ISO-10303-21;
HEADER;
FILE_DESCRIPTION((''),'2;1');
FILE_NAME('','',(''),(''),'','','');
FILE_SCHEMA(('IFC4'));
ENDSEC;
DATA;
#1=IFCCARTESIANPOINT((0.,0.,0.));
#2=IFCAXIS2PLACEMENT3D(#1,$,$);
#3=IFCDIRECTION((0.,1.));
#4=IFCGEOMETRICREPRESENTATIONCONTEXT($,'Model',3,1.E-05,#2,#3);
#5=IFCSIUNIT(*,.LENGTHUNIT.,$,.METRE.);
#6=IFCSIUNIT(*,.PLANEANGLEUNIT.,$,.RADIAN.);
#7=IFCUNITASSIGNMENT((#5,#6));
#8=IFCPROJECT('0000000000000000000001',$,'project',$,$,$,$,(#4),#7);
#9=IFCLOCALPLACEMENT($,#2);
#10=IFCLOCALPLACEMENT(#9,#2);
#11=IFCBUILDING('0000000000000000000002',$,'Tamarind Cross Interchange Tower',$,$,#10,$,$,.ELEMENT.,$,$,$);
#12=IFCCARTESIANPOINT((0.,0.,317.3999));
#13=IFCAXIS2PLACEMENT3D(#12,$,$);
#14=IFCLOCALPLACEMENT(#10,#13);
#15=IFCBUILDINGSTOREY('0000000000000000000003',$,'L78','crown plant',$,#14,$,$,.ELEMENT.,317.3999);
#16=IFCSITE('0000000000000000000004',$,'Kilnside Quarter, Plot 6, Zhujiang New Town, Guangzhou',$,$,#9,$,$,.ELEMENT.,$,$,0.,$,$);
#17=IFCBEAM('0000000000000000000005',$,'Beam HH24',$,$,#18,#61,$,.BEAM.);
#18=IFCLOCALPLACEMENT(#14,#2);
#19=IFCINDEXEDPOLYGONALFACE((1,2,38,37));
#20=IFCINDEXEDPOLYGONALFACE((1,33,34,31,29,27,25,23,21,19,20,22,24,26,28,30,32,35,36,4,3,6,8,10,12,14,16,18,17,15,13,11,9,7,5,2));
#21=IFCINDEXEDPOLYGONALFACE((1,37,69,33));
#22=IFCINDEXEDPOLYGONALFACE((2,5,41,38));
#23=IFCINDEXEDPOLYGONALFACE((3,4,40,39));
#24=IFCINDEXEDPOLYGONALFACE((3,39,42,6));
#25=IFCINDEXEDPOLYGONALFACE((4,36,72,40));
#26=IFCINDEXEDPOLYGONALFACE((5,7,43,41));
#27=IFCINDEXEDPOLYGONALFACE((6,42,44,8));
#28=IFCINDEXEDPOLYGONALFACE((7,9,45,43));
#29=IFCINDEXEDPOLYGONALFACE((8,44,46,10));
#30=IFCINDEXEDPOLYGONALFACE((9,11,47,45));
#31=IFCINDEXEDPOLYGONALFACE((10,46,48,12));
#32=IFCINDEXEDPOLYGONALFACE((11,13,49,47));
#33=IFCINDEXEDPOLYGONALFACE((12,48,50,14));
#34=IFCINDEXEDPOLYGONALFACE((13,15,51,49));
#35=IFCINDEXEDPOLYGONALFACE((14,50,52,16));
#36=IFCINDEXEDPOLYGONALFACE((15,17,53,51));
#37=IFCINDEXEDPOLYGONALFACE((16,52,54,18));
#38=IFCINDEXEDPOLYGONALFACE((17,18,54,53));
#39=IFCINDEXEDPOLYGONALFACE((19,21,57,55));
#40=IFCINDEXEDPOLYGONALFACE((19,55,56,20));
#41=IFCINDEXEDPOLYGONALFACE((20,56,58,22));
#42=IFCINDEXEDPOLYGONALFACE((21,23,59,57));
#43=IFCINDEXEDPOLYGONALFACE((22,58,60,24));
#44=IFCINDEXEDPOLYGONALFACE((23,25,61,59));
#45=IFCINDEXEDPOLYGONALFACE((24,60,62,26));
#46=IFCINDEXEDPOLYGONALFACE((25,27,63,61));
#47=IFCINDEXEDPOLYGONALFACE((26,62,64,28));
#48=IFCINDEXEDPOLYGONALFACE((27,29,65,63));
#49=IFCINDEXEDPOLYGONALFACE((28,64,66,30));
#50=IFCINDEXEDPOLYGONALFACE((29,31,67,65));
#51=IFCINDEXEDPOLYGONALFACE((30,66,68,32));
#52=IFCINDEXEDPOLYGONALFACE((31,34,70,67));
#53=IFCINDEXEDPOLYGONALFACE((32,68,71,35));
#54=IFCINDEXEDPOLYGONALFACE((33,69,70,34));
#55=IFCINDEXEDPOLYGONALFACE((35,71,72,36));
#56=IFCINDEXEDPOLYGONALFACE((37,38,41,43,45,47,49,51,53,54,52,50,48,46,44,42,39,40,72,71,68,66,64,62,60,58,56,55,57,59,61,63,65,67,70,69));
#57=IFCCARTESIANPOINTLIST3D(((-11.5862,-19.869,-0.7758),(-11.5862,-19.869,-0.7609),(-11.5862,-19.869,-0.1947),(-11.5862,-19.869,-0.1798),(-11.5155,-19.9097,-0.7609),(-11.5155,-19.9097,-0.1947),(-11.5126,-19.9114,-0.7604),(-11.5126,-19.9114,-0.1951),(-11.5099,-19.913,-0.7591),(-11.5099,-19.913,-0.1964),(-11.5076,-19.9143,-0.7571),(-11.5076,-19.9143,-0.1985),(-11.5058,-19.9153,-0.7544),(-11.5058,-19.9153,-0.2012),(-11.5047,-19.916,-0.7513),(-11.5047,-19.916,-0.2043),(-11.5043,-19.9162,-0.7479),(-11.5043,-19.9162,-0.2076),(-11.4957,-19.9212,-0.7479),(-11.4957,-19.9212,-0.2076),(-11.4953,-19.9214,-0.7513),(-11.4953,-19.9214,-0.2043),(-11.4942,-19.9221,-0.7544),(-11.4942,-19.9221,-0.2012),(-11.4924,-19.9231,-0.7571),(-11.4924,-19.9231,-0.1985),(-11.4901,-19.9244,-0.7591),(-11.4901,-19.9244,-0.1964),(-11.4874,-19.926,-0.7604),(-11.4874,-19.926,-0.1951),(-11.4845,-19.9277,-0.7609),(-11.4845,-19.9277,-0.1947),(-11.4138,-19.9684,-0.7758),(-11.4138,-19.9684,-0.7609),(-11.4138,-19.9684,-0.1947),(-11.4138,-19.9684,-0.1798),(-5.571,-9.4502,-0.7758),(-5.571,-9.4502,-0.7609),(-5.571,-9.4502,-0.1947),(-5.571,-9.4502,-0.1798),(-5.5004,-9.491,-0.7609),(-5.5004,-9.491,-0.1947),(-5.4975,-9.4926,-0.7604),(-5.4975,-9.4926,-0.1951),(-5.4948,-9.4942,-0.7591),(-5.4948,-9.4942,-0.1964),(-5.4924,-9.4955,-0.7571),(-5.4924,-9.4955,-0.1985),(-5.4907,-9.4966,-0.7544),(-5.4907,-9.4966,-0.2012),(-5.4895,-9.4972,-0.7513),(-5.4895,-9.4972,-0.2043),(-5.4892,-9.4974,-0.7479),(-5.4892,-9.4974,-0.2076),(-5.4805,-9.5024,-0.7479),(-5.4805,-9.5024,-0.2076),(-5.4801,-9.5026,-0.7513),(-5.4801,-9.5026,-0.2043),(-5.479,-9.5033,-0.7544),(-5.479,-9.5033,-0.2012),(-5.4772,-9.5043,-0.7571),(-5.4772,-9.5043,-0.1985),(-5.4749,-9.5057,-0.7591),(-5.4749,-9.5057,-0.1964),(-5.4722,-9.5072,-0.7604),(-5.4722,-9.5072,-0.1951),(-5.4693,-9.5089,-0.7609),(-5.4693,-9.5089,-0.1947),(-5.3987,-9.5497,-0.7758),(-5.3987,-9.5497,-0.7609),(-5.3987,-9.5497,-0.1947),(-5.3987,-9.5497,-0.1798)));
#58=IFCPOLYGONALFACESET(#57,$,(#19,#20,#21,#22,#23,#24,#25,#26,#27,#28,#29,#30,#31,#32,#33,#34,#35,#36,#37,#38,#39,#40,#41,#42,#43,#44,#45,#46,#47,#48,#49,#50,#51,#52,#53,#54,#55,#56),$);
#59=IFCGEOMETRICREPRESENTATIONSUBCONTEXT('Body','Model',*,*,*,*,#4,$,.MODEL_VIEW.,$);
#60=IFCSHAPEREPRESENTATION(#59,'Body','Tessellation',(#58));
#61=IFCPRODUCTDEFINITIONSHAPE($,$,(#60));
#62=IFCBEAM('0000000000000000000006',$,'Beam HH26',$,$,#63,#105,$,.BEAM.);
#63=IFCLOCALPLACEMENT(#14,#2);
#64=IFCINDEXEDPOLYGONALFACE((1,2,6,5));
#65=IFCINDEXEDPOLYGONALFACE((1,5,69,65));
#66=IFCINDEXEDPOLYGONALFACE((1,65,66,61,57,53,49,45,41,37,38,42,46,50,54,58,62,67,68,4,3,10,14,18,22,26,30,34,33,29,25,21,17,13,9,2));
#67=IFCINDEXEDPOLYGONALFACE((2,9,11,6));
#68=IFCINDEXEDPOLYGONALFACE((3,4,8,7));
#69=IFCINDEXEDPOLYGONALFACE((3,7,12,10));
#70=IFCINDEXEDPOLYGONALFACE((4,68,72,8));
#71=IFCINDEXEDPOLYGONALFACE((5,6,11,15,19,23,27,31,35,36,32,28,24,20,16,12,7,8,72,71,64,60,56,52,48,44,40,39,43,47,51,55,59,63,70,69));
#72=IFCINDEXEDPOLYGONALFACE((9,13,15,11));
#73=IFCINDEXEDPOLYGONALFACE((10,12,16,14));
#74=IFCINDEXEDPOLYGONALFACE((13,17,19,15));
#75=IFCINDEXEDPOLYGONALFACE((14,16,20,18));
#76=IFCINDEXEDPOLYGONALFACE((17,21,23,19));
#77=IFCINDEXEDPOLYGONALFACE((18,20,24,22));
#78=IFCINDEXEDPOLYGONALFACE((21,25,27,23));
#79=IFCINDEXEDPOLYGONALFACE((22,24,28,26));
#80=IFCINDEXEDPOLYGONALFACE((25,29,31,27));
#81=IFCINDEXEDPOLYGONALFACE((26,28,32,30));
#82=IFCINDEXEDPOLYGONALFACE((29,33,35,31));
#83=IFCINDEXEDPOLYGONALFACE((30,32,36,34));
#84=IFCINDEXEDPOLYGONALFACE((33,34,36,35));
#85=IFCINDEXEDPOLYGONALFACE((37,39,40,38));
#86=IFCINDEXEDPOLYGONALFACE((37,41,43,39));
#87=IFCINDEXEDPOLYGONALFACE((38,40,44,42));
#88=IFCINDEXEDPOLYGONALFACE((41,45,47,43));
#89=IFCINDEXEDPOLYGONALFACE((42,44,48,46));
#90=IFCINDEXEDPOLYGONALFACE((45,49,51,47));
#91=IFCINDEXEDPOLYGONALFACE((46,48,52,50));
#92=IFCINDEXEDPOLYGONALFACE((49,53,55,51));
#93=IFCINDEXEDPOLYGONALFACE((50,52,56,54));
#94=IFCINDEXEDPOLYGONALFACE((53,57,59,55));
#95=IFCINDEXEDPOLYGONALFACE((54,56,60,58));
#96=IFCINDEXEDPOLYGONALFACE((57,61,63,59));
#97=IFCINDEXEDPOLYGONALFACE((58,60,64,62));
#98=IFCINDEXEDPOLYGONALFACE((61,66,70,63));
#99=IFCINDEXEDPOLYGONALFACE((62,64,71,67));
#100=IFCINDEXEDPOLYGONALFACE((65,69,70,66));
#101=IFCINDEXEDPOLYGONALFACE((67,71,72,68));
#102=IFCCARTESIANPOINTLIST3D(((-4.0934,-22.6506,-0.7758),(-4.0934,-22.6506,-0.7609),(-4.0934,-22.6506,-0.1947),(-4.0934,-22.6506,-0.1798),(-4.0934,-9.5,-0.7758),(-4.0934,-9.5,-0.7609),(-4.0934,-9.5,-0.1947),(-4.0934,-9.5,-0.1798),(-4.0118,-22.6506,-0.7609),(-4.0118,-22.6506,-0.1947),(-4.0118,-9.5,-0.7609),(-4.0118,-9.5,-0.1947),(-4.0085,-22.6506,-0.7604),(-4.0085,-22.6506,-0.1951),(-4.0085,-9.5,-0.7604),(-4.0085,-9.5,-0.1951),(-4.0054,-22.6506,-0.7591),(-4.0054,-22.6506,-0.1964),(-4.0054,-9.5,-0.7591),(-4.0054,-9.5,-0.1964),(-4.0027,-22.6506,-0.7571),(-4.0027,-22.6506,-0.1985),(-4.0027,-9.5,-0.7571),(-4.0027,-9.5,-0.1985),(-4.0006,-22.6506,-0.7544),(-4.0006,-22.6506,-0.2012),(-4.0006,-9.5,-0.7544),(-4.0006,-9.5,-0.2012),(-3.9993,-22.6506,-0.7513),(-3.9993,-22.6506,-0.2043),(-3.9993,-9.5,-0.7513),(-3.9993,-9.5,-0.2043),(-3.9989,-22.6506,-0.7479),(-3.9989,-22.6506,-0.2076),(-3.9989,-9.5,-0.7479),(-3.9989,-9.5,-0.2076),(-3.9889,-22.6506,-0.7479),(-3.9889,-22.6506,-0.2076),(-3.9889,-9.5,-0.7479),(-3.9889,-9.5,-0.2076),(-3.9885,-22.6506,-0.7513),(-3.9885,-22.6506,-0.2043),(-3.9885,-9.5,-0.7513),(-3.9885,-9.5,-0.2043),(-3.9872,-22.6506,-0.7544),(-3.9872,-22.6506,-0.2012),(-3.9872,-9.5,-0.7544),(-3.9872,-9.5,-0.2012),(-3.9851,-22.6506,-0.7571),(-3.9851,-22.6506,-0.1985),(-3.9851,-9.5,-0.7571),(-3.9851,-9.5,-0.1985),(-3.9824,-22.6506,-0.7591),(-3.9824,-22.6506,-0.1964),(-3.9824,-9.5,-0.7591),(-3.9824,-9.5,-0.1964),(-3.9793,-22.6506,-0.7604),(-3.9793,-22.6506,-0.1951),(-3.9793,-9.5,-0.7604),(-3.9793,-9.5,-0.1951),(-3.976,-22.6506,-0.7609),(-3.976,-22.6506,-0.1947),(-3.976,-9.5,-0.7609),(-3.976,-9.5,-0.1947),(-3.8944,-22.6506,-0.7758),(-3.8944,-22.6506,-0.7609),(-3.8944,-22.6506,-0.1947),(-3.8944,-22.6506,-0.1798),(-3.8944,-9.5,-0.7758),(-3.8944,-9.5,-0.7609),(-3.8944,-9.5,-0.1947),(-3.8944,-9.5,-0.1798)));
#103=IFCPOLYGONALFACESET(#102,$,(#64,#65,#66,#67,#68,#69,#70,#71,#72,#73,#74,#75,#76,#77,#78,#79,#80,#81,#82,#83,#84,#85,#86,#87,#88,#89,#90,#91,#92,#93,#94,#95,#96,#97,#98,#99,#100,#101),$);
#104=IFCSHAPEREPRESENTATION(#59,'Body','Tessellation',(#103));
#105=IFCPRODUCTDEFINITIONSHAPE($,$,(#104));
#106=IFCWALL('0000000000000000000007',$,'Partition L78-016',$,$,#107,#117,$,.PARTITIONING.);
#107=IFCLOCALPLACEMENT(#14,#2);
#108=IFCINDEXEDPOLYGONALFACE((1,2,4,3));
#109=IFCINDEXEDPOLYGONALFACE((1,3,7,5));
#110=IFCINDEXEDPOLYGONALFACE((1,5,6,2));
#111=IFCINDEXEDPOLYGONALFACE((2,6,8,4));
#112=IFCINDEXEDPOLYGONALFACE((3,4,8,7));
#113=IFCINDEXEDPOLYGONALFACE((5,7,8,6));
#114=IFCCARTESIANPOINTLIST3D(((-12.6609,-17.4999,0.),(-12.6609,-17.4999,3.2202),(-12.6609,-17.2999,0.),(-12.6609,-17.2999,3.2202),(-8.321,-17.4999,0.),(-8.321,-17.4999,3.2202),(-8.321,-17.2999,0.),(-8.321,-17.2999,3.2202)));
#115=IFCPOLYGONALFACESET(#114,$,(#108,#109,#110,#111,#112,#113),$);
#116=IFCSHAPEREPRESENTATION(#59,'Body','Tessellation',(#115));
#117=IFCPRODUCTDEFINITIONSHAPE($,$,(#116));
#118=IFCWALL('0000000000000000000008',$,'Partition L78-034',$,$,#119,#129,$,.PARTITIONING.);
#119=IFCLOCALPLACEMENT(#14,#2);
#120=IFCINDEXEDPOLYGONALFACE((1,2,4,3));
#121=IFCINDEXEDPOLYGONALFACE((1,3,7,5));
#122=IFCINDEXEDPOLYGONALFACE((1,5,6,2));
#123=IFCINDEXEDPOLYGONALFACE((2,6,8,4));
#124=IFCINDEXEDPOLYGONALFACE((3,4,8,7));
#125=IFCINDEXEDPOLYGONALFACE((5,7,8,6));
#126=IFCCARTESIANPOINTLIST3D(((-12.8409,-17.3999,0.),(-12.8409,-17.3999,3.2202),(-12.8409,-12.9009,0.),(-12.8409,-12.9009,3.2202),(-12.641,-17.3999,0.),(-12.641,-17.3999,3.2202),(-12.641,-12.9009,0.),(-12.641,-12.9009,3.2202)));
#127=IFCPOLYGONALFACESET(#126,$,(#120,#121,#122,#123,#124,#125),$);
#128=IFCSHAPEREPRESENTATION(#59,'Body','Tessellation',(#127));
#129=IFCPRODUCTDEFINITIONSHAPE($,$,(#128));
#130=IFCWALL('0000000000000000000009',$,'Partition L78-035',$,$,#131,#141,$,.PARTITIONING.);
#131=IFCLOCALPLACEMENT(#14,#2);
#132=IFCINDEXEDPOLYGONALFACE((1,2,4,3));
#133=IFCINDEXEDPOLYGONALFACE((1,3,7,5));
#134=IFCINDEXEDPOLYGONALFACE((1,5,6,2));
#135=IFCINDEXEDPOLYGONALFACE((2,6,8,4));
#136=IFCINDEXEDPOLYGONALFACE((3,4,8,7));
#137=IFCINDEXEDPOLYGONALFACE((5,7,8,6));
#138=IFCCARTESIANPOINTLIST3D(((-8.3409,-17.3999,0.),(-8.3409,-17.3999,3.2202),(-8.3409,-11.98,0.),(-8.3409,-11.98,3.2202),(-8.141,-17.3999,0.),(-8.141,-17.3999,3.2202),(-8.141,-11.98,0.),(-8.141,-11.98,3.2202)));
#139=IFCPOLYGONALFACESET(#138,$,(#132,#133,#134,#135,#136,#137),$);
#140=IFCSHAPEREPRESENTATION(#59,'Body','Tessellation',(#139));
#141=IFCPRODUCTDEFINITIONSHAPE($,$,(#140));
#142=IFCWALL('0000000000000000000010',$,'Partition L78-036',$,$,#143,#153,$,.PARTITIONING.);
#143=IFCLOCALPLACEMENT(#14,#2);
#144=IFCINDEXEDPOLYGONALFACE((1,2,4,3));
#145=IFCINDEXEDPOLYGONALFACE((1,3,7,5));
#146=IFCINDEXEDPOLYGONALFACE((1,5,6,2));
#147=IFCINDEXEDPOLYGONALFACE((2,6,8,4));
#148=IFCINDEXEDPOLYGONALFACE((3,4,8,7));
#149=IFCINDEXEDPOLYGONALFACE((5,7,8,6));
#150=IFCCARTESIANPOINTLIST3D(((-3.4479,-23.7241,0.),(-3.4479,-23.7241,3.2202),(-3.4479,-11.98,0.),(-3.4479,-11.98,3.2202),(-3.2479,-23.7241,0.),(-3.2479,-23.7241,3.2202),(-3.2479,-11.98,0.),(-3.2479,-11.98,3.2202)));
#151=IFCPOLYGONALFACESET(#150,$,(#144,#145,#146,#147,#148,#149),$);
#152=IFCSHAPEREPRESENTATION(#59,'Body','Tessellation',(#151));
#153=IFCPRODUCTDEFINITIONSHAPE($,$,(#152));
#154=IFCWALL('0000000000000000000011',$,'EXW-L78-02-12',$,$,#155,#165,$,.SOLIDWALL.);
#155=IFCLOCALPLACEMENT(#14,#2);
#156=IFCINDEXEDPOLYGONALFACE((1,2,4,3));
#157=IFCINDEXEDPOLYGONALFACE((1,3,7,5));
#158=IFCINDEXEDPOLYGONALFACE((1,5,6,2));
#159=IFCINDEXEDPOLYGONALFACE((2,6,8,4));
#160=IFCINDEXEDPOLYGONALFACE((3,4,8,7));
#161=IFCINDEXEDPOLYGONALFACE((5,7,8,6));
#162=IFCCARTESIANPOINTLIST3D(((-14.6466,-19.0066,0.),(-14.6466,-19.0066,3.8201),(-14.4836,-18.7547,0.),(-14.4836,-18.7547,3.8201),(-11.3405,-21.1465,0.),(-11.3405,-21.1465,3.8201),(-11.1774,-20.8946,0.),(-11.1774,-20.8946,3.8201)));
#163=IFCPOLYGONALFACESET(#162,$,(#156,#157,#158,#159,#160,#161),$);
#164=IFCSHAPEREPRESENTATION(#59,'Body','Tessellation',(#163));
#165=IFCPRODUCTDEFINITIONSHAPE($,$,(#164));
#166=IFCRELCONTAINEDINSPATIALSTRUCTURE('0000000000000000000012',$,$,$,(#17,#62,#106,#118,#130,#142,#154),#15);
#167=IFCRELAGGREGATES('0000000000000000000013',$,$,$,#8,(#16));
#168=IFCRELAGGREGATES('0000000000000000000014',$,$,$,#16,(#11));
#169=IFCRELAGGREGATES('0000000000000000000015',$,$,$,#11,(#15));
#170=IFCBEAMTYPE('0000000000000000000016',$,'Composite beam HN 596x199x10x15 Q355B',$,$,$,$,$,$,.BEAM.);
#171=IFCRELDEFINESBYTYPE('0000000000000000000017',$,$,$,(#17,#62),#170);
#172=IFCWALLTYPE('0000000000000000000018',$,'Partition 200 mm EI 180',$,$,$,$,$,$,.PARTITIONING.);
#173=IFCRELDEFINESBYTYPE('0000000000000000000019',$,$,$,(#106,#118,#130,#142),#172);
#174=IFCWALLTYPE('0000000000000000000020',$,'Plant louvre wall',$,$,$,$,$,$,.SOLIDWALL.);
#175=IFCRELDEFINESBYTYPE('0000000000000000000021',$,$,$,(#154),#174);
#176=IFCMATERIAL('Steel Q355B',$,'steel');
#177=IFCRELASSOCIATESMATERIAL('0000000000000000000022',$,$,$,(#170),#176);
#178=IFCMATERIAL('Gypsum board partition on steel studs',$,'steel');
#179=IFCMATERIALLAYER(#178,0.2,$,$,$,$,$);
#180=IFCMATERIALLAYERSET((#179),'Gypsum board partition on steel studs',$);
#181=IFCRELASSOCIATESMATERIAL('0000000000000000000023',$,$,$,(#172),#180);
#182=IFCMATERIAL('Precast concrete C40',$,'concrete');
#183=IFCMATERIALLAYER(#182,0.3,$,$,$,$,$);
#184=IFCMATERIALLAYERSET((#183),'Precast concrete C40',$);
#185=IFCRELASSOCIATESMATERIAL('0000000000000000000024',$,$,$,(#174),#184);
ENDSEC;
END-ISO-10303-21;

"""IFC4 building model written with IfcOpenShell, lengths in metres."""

from ifc_helpers import new_model, si_unit, direction, frame, frame_2d, origin, origin_2d, place, context, subcontext, project, spatial, rectangle, i_section, extrude, material, layer, layer_set, material_profile, profile_set, type_object, element, save


model = new_model("IFC4")

# Units and contexts
model_context = context("Model", 3, precision=1e-05, world=origin(), true_north=direction((0.0, 1.0)))
body_context = subcontext(model_context, "Body", "Model", "MODEL_VIEW")
ifc_project = project(units=[si_unit("LENGTHUNIT", "METRE"), si_unit("PLANEANGLEUNIT", "RADIAN")], contexts=[model_context])

# Site, building, storey
site_placement = place(None, origin())
site = spatial("IfcSite", under=ifc_project, at=site_placement, Name="Kilnside Quarter, Plot 6, Zhujiang New Town, Guangzhou", CompositionType="ELEMENT", RefElevation=0.0)
building_placement = place(site_placement, origin())
building = spatial("IfcBuilding", under=site, at=building_placement, Name="Tamarind Cross Interchange Tower", CompositionType="ELEMENT")
storey_placement = place(building_placement, frame((0.0, 0.0, 317.3999)))
storey = spatial("IfcBuildingStorey", under=building, at=storey_placement, Name="L78", Description="crown plant", CompositionType="ELEMENT", Elevation=317.3999)

# Beams
ifc_material_1 = material(Name="Steel Q355B", Category="steel")
ifc_material_profile_1 = material_profile(ifc_material_1, i_section(OverallWidth=0.199, OverallDepth=0.5959, WebThickness=0.01, FlangeThickness=0.0149, FilletRadius=0.0129, at=origin_2d()), Name="HN 596x199x10x15")
ifc_profile_set_1 = profile_set([ifc_material_profile_1], Name="Steel Q355B")
beam_type = type_object("IfcBeamType", Name="Composite beam HN 596x199x10x15 Q355B", PredefinedType="BEAM", material=ifc_profile_set_1)
beam_1_placement = place(storey_placement, frame((-11.5, -19.9187, -0.4778), z_axis=(0.499994, 0.866029, 0.0), x_axis=(-0.866029, 0.499994, 0.0)))
element("IfcBeam", 1, at=beam_1_placement, inside=storey, type_object=beam_type, Name="Beam HH24", PredefinedType="BEAM", context=body_context, shape_type="SweptSolid", body=[
    extrude(i_section(OverallWidth=0.199, OverallDepth=0.5959, WebThickness=0.01, FlangeThickness=0.0149, FilletRadius=0.0129, at=origin_2d()), origin(), (0.0, 0.0, 1.0), 12.0305),
])
beam_2_placement = place(storey_placement, frame((-3.9939, -22.6506, -0.4778), z_axis=(0.0, 1.0, 0.0), x_axis=(-1.0, 0.0, 0.0)))
element("IfcBeam", 2, at=beam_2_placement, inside=storey, type_object=beam_type, Name="Beam HH26", PredefinedType="BEAM", context=body_context, shape_type="SweptSolid", body=[
    extrude(i_section(OverallWidth=0.199, OverallDepth=0.5959, WebThickness=0.01, FlangeThickness=0.0149, FilletRadius=0.0129, at=origin_2d()), origin(), (0.0, 0.0, 1.0), 13.1506),
])

# Walls
ifc_material_2 = material(Name="Gypsum board partition on steel studs", Category="steel")
ifc_layer_1 = layer(ifc_material_2, 0.2)
ifc_layer_set_1 = layer_set([ifc_layer_1], Name="Gypsum board partition on steel studs")
wall_type_1 = type_object("IfcWallType", Name="Partition 200 mm EI 180", PredefinedType="PARTITIONING", material=ifc_layer_set_1)
wall_1_placement = place(storey_placement, frame((-12.6609, -17.3999, 0.0), z_axis=(0.0, 0.0, 1.0), x_axis=(1.0, 0.0, 0.0)))
element("IfcWall", 3, at=wall_1_placement, inside=storey, type_object=wall_type_1, Name="Partition L78-016", PredefinedType="PARTITIONING", context=body_context, shape_type="SweptSolid", body=[
    extrude(rectangle(XDim=4.3398, YDim=0.2, at=frame_2d((2.1699, 0.0))), origin(), (0.0, 0.0, 1.0), 3.2202),
])
wall_2_placement = place(storey_placement, frame((-12.741, -17.3999, 0.0), z_axis=(0.0, 0.0, 1.0), x_axis=(0.0, 1.0, 0.0)))
element("IfcWall", 4, at=wall_2_placement, inside=storey, type_object=wall_type_1, Name="Partition L78-034", PredefinedType="PARTITIONING", context=body_context, shape_type="SweptSolid", body=[
    extrude(rectangle(XDim=4.499, YDim=0.2, at=frame_2d((2.2495, 0.0))), origin(), (0.0, 0.0, 1.0), 3.2202),
])
wall_3_placement = place(storey_placement, frame((-8.241, -17.3999, 0.0), z_axis=(0.0, 0.0, 1.0), x_axis=(0.0, 1.0, 0.0)))
element("IfcWall", 5, at=wall_3_placement, inside=storey, type_object=wall_type_1, Name="Partition L78-035", PredefinedType="PARTITIONING", context=body_context, shape_type="SweptSolid", body=[
    extrude(rectangle(XDim=5.4199, YDim=0.2, at=frame_2d((2.71, 0.0))), origin(), (0.0, 0.0, 1.0), 3.2202),
])
wall_4_placement = place(storey_placement, frame((-3.3479, -23.7241, 0.0), z_axis=(0.0, 0.0, 1.0), x_axis=(0.0, 1.0, 0.0)))
element("IfcWall", 6, at=wall_4_placement, inside=storey, type_object=wall_type_1, Name="Partition L78-036", PredefinedType="PARTITIONING", context=body_context, shape_type="SweptSolid", body=[
    extrude(rectangle(XDim=11.7441, YDim=0.2, at=frame_2d((5.8721, 0.0))), origin(), (0.0, 0.0, 1.0), 3.2202),
])
ifc_material_3 = material(Name="Precast concrete C40", Category="concrete")
ifc_layer_2 = layer(ifc_material_3, 0.3)
ifc_layer_set_2 = layer_set([ifc_layer_2], Name="Precast concrete C40")
wall_type_2 = type_object("IfcWallType", Name="Plant louvre wall", PredefinedType="SOLIDWALL", material=ifc_layer_set_2)
wall_5_placement = place(storey_placement, frame((-14.5652, -18.8806, 0.0), z_axis=(0.0, 0.0, 1.0), x_axis=(0.839499, -0.543362, 0.0)))
element("IfcWall", 7, at=wall_5_placement, inside=storey, type_object=wall_type_2, Name="EXW-L78-02-12", PredefinedType="SOLIDWALL", context=body_context, shape_type="SweptSolid", body=[
    extrude(rectangle(XDim=3.9382, YDim=0.3, at=frame_2d((1.9692, 0.0))), origin(), (0.0, 0.0, 1.0), 3.8201),
])

save(model, "model.ifc")
